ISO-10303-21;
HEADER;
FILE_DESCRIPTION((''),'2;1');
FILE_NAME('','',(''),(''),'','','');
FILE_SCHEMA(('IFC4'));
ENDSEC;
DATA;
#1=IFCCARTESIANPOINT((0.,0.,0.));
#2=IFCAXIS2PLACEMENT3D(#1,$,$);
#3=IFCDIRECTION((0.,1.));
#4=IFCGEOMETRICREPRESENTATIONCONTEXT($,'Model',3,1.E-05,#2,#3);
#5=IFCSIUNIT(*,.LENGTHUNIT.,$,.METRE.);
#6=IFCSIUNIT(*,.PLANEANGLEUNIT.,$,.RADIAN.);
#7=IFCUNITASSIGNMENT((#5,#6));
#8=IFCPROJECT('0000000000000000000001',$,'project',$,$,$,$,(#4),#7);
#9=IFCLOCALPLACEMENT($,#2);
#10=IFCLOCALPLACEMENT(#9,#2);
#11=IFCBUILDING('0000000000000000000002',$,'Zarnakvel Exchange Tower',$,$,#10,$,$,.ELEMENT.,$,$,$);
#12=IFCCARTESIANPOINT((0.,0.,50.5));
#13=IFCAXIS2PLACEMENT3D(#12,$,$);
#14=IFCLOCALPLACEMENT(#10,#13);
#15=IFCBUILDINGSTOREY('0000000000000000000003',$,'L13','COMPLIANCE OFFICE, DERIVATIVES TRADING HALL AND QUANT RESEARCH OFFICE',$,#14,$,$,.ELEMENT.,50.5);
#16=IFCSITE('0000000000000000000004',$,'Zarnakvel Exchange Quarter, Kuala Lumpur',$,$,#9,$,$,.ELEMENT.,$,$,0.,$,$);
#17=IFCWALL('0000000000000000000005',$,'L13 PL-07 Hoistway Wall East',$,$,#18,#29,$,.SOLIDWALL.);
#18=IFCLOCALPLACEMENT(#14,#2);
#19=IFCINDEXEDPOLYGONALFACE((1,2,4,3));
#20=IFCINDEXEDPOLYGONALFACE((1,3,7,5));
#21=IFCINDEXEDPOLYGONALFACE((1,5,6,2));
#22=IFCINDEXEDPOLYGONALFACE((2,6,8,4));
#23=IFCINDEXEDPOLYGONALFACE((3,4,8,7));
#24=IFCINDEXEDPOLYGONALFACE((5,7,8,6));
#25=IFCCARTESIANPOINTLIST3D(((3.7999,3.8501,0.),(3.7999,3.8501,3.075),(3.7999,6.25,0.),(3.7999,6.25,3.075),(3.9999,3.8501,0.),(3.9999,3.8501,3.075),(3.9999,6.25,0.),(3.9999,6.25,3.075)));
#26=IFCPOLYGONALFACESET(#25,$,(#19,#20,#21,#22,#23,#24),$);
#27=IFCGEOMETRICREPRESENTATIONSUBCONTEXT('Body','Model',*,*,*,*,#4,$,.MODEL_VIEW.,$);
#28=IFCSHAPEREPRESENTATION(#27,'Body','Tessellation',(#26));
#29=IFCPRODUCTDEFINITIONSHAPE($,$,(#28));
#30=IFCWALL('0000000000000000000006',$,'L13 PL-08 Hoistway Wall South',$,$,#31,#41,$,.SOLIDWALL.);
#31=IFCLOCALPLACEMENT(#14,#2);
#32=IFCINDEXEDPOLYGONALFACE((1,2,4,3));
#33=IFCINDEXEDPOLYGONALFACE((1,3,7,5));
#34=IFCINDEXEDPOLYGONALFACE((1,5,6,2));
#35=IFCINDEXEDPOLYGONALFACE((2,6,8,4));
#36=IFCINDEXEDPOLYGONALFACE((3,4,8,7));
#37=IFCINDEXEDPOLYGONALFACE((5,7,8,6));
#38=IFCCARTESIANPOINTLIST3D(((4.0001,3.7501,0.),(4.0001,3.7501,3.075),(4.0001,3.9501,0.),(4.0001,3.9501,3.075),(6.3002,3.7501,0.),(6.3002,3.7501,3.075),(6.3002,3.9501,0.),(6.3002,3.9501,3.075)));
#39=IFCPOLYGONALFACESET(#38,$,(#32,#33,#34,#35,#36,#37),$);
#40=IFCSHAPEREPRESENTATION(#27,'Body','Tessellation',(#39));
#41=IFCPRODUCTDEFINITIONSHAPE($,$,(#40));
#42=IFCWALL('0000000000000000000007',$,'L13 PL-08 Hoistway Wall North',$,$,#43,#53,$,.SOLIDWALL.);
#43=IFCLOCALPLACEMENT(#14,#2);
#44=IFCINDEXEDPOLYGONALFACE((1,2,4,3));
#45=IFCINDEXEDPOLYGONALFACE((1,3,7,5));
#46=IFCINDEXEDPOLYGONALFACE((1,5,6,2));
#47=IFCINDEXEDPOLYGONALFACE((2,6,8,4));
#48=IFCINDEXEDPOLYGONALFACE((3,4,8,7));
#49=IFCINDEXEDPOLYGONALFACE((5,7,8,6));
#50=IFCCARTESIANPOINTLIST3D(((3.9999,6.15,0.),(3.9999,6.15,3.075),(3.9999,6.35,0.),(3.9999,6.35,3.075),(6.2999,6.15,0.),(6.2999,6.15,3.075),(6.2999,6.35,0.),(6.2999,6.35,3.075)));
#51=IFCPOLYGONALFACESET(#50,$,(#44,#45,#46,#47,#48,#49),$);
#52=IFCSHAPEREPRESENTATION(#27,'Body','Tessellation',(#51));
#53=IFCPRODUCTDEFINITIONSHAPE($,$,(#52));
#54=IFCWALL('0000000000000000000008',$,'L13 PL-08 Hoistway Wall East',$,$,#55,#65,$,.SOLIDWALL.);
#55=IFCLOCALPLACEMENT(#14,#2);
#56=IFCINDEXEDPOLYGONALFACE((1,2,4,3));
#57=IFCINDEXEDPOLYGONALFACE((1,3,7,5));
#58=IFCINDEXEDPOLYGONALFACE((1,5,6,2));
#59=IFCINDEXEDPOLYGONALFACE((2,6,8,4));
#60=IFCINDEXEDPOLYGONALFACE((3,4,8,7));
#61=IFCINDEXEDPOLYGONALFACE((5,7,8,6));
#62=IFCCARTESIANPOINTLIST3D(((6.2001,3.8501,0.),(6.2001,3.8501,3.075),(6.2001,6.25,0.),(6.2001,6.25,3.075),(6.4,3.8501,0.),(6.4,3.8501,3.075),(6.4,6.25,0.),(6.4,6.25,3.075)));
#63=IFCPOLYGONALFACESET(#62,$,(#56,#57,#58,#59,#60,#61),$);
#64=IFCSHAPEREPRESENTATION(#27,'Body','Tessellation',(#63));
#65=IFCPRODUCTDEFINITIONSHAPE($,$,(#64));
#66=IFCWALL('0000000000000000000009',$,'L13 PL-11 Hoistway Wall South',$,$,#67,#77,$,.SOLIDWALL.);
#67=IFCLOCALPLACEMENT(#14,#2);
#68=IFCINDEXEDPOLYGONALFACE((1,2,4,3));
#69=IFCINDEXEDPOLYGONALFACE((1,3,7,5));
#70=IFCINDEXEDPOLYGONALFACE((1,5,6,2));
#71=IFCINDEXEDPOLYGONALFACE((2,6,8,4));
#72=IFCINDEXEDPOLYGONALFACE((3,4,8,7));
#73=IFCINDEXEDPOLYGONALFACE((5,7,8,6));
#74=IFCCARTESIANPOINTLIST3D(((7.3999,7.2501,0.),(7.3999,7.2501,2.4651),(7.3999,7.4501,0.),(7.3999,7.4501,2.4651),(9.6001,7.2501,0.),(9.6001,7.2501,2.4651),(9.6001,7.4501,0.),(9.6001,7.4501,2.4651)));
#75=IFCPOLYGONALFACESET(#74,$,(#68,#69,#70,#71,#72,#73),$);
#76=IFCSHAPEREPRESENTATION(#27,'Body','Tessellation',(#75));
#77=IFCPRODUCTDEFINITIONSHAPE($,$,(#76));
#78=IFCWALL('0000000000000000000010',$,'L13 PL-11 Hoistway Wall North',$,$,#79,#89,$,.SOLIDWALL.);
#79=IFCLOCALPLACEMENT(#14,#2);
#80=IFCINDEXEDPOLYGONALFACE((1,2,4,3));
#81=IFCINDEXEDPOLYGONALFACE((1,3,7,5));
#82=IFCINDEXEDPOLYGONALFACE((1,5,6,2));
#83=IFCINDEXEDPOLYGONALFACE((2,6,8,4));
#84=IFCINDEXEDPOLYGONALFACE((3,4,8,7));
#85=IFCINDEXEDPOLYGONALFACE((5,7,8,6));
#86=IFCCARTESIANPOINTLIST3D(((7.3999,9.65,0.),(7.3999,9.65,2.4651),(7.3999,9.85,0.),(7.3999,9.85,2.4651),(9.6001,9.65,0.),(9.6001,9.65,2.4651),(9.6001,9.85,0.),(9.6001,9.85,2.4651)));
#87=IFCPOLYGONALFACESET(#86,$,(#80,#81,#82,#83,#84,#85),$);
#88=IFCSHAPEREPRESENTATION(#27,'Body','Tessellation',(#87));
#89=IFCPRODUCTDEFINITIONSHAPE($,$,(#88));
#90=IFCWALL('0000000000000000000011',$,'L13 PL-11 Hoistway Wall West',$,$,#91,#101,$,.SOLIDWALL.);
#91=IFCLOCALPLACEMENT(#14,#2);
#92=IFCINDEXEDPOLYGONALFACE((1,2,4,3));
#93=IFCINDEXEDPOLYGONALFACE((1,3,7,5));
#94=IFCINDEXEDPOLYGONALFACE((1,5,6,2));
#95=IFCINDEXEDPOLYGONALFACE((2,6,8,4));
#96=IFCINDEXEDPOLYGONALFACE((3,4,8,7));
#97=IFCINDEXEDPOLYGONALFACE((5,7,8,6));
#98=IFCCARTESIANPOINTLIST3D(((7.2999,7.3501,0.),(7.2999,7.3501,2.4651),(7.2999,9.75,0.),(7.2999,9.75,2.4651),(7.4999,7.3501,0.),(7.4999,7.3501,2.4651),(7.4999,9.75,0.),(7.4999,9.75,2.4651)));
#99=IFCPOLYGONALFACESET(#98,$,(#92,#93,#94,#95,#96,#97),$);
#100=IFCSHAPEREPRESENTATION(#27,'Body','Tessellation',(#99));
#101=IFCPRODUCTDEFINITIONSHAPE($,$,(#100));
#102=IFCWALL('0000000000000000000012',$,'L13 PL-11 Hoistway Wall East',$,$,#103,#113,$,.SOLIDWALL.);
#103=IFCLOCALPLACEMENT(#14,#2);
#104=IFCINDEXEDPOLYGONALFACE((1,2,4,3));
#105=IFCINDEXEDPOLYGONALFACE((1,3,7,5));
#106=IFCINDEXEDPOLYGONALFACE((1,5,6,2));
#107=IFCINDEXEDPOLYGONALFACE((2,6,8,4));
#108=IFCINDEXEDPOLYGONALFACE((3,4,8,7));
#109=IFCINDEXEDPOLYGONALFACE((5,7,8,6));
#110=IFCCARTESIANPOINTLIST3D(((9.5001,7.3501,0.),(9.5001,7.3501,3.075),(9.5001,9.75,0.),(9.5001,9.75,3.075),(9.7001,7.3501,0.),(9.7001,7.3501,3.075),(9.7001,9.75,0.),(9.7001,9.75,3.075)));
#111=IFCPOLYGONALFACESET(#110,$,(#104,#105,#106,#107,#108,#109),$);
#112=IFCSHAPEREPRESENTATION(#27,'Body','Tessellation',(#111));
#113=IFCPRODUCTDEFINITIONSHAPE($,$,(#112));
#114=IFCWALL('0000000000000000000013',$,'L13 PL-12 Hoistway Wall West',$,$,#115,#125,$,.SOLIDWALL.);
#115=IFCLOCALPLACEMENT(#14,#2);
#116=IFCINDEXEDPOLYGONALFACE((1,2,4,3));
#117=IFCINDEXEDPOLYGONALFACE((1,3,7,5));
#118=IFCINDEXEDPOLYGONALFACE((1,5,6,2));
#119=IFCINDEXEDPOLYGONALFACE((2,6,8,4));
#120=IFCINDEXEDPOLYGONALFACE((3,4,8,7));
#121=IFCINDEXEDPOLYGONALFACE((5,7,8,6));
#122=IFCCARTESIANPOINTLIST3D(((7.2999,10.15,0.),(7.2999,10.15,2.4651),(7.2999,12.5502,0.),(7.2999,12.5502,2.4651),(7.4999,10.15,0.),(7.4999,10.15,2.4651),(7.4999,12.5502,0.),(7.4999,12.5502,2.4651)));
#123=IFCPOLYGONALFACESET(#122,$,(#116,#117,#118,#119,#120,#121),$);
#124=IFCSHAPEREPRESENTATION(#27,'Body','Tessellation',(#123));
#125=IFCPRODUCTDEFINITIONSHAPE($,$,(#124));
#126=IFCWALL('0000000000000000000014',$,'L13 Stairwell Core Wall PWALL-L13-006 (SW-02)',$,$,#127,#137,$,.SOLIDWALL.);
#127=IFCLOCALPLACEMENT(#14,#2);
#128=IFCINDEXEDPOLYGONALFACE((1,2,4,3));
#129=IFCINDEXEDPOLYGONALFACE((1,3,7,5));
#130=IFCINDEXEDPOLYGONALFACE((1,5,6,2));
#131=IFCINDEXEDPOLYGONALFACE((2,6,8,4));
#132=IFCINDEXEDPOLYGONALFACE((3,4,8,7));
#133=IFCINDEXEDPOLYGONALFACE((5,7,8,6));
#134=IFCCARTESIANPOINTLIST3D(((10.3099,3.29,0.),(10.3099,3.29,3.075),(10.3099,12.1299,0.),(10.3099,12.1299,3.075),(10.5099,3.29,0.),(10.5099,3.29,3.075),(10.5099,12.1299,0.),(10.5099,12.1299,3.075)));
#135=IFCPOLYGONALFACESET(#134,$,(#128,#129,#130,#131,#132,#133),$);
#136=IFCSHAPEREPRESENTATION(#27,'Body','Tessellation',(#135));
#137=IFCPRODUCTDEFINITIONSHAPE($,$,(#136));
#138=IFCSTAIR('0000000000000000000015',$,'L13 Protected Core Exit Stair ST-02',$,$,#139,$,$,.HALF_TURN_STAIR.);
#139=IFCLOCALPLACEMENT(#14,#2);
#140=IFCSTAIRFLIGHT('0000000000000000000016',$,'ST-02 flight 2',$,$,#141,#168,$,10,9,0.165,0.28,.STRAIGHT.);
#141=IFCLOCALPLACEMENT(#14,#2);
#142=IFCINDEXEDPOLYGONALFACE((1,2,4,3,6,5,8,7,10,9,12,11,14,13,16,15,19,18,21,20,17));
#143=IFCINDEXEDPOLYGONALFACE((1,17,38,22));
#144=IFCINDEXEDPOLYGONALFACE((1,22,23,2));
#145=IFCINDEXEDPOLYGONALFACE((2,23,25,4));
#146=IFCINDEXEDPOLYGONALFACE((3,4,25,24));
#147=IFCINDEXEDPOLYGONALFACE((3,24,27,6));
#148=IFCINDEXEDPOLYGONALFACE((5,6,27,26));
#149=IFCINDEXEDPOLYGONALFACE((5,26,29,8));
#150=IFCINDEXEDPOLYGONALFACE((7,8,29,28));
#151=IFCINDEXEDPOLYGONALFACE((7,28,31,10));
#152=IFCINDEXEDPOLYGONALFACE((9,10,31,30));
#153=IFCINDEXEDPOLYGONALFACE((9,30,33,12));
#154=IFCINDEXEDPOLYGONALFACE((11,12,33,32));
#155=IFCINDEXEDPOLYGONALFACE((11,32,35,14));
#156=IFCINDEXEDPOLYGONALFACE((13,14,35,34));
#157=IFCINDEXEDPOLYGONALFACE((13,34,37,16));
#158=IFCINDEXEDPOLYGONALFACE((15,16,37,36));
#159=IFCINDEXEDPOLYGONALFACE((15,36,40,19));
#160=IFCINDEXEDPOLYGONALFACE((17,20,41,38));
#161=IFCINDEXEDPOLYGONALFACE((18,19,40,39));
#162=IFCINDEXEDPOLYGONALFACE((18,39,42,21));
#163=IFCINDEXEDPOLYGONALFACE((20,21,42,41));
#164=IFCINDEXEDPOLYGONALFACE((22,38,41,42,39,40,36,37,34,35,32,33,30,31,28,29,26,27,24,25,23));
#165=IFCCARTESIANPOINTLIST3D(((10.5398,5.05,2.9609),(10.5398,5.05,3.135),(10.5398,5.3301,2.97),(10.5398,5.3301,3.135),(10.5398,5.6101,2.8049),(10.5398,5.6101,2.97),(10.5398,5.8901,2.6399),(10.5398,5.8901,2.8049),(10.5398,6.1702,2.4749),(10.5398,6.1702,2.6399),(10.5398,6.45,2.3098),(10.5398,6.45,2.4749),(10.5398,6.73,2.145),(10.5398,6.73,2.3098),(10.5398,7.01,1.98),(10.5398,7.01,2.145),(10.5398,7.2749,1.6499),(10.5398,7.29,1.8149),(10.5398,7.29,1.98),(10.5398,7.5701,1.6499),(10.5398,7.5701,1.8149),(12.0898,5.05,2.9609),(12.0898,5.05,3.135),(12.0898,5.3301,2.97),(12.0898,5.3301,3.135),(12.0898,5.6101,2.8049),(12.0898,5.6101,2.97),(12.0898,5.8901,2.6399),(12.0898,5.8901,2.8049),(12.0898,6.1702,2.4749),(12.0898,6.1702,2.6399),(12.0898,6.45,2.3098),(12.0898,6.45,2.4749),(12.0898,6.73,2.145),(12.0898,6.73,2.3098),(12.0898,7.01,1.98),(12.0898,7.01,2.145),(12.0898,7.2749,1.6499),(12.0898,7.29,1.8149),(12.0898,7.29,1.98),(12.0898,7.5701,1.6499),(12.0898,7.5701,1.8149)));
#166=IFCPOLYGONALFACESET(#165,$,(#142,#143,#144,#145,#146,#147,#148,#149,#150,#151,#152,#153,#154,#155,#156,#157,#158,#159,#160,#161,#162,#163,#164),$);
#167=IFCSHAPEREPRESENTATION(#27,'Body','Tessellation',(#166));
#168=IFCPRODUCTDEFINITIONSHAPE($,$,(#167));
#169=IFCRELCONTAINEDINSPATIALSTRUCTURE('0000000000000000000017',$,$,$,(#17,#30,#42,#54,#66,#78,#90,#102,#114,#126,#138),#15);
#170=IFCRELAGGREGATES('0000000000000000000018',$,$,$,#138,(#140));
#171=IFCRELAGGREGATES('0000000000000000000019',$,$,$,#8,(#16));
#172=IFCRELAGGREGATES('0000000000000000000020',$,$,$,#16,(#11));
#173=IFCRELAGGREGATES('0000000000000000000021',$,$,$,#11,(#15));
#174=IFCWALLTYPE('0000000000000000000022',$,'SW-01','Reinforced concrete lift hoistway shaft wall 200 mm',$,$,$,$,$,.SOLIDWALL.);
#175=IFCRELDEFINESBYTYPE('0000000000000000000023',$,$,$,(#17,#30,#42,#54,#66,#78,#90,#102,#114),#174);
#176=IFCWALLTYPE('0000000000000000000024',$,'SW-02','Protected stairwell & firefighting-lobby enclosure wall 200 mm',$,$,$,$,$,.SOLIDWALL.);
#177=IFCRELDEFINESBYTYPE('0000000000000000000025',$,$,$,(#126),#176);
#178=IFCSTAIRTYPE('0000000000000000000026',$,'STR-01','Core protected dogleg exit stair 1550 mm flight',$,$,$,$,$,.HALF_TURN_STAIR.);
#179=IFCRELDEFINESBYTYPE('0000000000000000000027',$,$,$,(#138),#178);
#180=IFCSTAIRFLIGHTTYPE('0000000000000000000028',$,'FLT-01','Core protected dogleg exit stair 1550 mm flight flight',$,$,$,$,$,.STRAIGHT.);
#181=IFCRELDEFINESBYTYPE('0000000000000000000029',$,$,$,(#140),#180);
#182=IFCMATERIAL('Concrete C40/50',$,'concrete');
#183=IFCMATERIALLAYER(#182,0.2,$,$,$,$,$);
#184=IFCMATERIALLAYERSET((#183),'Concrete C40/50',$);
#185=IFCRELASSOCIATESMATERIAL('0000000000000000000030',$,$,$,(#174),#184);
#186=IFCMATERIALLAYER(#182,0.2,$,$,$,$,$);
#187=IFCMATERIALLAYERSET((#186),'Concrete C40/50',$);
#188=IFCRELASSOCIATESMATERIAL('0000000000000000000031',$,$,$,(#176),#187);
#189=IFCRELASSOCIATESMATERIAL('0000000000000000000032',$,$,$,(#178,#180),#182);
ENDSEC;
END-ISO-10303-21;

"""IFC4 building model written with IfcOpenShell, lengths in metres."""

from ifc_helpers import new_model, si_unit, direction, frame, frame_2d, origin, place, context, subcontext, project, spatial, polyline, rectangle, outline, extrude, material, layer, layer_set, type_object, element, aggregate, save


model = new_model("IFC4")

# Units and contexts
model_context = context("Model", 3, precision=1e-05, world=origin(), true_north=direction((0.0, 1.0)))
body_context = subcontext(model_context, "Body", "Model", "MODEL_VIEW")
ifc_project = project(units=[si_unit("LENGTHUNIT", "METRE"), si_unit("PLANEANGLEUNIT", "RADIAN")], contexts=[model_context])

# Site, building, storey
site_placement = place(None, origin())
site = spatial("IfcSite", under=ifc_project, at=site_placement, Name="Zarnakvel Exchange Quarter, Kuala Lumpur", CompositionType="ELEMENT", RefElevation=0.0)
building_placement = place(site_placement, origin())
building = spatial("IfcBuilding", under=site, at=building_placement, Name="Zarnakvel Exchange Tower", CompositionType="ELEMENT")
storey_placement = place(building_placement, frame((0.0, 0.0, 50.5)))
storey = spatial("IfcBuildingStorey", under=building, at=storey_placement, Name="L13", Description="COMPLIANCE OFFICE, DERIVATIVES TRADING HALL AND QUANT RESEARCH OFFICE", CompositionType="ELEMENT", Elevation=50.5)

# Shared definitions
ifc_material_1 = material(Name="Concrete C40/50", Category="concrete")
ifc_layer_1 = layer(ifc_material_1, 0.2)
ifc_layer_set_1 = layer_set([ifc_layer_1], Name="Concrete C40/50")
wall_type_1 = type_object("IfcWallType", Name="SW-01", Description="Reinforced concrete lift hoistway shaft wall 200 mm", PredefinedType="SOLIDWALL", material=ifc_layer_set_1)

# Walls
for number, where, z_axis, x_axis, name in (
    (1, (3.8999, 6.25, 0.0), (0.0, 0.0, 1.0), (0.0, -1.0, 0.0), "L13 PL-07 Hoistway Wall East"),
):
    element("IfcWall", number, at=place(storey_placement, frame(where, z_axis=z_axis, x_axis=x_axis)), inside=storey, type_object=wall_type_1, Name=name, PredefinedType="SOLIDWALL", context=body_context, shape_type="SweptSolid", body=[
        extrude(rectangle(XDim=2.3999, YDim=0.2, at=frame_2d((1.2, 0.0))), origin(), (0.0, 0.0, 1.0), 3.075),
    ])
for number, where, z_axis, x_axis, name in (
    (2, (6.3, 3.8501, 0.0), (0.0, 0.0, 1.0), (-1.0, 0.0, 0.0), "L13 PL-08 Hoistway Wall South"),
    (3, (4.0, 6.25, 0.0), (0.0, 0.0, 1.0), (1.0, 0.0, 0.0), "L13 PL-08 Hoistway Wall North"),
):
    element("IfcWall", number, at=place(storey_placement, frame(where, z_axis=z_axis, x_axis=x_axis)), inside=storey, type_object=wall_type_1, Name=name, PredefinedType="SOLIDWALL", context=body_context, shape_type="SweptSolid", body=[
        extrude(rectangle(XDim=2.3, YDim=0.2, at=frame_2d((1.1499, 0.0))), origin(), (0.0, 0.0, 1.0), 3.075),
    ])
wall_1_placement = place(storey_placement, frame((6.3, 6.25, 0.0), z_axis=(0.0, 0.0, 1.0), x_axis=(0.0, -1.0, 0.0)))
element("IfcWall", 4, at=wall_1_placement, inside=storey, type_object=wall_type_1, Name="L13 PL-08 Hoistway Wall East", PredefinedType="SOLIDWALL", context=body_context, shape_type="SweptSolid", body=[
    extrude(rectangle(XDim=2.3999, YDim=0.2, at=frame_2d((1.2, 0.0))), origin(), (0.0, 0.0, 1.0), 3.075),
])
for number, where, z_axis, x_axis, name in (
    (5, (9.6001, 7.3501, 0.0), (0.0, 0.0, 1.0), (-1.0, 0.0, 0.0), "L13 PL-11 Hoistway Wall South"),
    (6, (7.3999, 9.75, 0.0), (0.0, 0.0, 1.0), (1.0, 0.0, 0.0), "L13 PL-11 Hoistway Wall North"),
):
    element("IfcWall", number, at=place(storey_placement, frame(where, z_axis=z_axis, x_axis=x_axis)), inside=storey, type_object=wall_type_1, Name=name, PredefinedType="SOLIDWALL", context=body_context, shape_type="SweptSolid", body=[
        extrude(rectangle(XDim=2.2002, YDim=0.2, at=frame_2d((1.1001, 0.0))), origin(), (0.0, 0.0, 1.0), 2.4651),
    ])
wall_2_placement = place(storey_placement, frame((7.3999, 7.3501, 0.0), z_axis=(0.0, 0.0, 1.0), x_axis=(0.0, 1.0, 0.0)))
element("IfcWall", 7, at=wall_2_placement, inside=storey, type_object=wall_type_1, Name="L13 PL-11 Hoistway Wall West", PredefinedType="SOLIDWALL", context=body_context, shape_type="SweptSolid", body=[
    extrude(rectangle(XDim=2.3999, YDim=0.2, at=frame_2d((1.2, 0.0))), origin(), (0.0, 0.0, 1.0), 2.4651),
])
wall_3_placement = place(storey_placement, frame((9.6001, 9.75, 0.0), z_axis=(0.0, 0.0, 1.0), x_axis=(0.0, -1.0, 0.0)))
element("IfcWall", 8, at=wall_3_placement, inside=storey, type_object=wall_type_1, Name="L13 PL-11 Hoistway Wall East", PredefinedType="SOLIDWALL", context=body_context, shape_type="SweptSolid", body=[
    extrude(rectangle(XDim=2.3999, YDim=0.2, at=frame_2d((1.2, 0.0))), origin(), (0.0, 0.0, 1.0), 3.075),
])
wall_4_placement = place(storey_placement, frame((7.3999, 10.1499, 0.0), z_axis=(0.0, 0.0, 1.0), x_axis=(0.0, 1.0, 0.0)))
element("IfcWall", 9, at=wall_4_placement, inside=storey, type_object=wall_type_1, Name="L13 PL-12 Hoistway Wall West", PredefinedType="SOLIDWALL", context=body_context, shape_type="SweptSolid", body=[
    extrude(rectangle(XDim=2.4001, YDim=0.2, at=frame_2d((1.2002, 0.0))), origin(), (0.0, 0.0, 1.0), 2.4651),
])
ifc_layer_2 = layer(ifc_material_1, 0.2)
ifc_layer_set_2 = layer_set([ifc_layer_2], Name="Concrete C40/50")
wall_type_2 = type_object("IfcWallType", Name="SW-02", Description="Protected stairwell & firefighting-lobby enclosure wall 200 mm", PredefinedType="SOLIDWALL", material=ifc_layer_set_2)
wall_5_placement = place(storey_placement, frame((10.4099, 3.29, 0.0), z_axis=(0.0, 0.0, 1.0), x_axis=(0.0, 1.0, 0.0)))
element("IfcWall", 10, at=wall_5_placement, inside=storey, type_object=wall_type_2, Name="L13 Stairwell Core Wall PWALL-L13-006 (SW-02)", PredefinedType="SOLIDWALL", context=body_context, shape_type="SweptSolid", body=[
    extrude(rectangle(XDim=8.8398, YDim=0.2, at=frame_2d((4.4199, 0.0))), origin(), (0.0, 0.0, 1.0), 3.075),
])

# Stair, stair flight
stair_type = type_object("IfcStairType", Name="STR-01", Description="Core protected dogleg exit stair 1550 mm flight", PredefinedType="HALF_TURN_STAIR", material=ifc_material_1)
stair_placement = place(storey_placement, origin())
stair = element("IfcStair", 11, at=stair_placement, inside=storey, type_object=stair_type, Name="L13 Protected Core Exit Stair ST-02", PredefinedType="HALF_TURN_STAIR")
stair_flight_type = type_object("IfcStairFlightType", Name="FLT-01", Description="Core protected dogleg exit stair 1550 mm flight flight", PredefinedType="STRAIGHT", material=ifc_material_1)
stair_flight_placement = place(storey_placement, frame((11.3149, 7.5701, 1.6499), z_axis=(0.0, 0.0, 1.0), x_axis=(0.0, -1.0, 0.0)))
stair_flight = element("IfcStairFlight", 12, at=stair_flight_placement, type_object=stair_flight_type, Name="ST-02 flight 2", NumberOfRisers=10, NumberOfTreads=9, PredefinedType="STRAIGHT", RiserHeight=0.165, TreadLength=0.28, context=body_context, shape_type="SweptSolid", body=[
    extrude(outline(polyline([(0.0, 0.0), (0.0, 0.165), (0.28, 0.165), (0.28, 0.3301), (0.5601, 0.3301), (0.5601, 0.4951), (0.8401, 0.4951), (0.8401, 0.6599), (1.1201, 0.6599), (1.1201, 0.825), (1.3999, 0.825), (1.3999, 0.99), (1.6799, 0.99), (1.6799, 1.155), (1.96, 1.155), (1.96, 1.3201), (2.24, 1.3201), (2.24, 1.4851), (2.52, 1.4851), (2.52, 1.6499), (2.52, 1.311), (0.2952, 0.0), (0.0, 0.0)])), frame((0.0, 0.7749, 0.0), z_axis=(0.0, -1.0, 0.0), x_axis=(1.0, 0.0, 0.0)), (0.0, 0.0, 1.0), 1.55),
])
aggregate(stair, [stair_flight])

save(model, "model.ifc")
